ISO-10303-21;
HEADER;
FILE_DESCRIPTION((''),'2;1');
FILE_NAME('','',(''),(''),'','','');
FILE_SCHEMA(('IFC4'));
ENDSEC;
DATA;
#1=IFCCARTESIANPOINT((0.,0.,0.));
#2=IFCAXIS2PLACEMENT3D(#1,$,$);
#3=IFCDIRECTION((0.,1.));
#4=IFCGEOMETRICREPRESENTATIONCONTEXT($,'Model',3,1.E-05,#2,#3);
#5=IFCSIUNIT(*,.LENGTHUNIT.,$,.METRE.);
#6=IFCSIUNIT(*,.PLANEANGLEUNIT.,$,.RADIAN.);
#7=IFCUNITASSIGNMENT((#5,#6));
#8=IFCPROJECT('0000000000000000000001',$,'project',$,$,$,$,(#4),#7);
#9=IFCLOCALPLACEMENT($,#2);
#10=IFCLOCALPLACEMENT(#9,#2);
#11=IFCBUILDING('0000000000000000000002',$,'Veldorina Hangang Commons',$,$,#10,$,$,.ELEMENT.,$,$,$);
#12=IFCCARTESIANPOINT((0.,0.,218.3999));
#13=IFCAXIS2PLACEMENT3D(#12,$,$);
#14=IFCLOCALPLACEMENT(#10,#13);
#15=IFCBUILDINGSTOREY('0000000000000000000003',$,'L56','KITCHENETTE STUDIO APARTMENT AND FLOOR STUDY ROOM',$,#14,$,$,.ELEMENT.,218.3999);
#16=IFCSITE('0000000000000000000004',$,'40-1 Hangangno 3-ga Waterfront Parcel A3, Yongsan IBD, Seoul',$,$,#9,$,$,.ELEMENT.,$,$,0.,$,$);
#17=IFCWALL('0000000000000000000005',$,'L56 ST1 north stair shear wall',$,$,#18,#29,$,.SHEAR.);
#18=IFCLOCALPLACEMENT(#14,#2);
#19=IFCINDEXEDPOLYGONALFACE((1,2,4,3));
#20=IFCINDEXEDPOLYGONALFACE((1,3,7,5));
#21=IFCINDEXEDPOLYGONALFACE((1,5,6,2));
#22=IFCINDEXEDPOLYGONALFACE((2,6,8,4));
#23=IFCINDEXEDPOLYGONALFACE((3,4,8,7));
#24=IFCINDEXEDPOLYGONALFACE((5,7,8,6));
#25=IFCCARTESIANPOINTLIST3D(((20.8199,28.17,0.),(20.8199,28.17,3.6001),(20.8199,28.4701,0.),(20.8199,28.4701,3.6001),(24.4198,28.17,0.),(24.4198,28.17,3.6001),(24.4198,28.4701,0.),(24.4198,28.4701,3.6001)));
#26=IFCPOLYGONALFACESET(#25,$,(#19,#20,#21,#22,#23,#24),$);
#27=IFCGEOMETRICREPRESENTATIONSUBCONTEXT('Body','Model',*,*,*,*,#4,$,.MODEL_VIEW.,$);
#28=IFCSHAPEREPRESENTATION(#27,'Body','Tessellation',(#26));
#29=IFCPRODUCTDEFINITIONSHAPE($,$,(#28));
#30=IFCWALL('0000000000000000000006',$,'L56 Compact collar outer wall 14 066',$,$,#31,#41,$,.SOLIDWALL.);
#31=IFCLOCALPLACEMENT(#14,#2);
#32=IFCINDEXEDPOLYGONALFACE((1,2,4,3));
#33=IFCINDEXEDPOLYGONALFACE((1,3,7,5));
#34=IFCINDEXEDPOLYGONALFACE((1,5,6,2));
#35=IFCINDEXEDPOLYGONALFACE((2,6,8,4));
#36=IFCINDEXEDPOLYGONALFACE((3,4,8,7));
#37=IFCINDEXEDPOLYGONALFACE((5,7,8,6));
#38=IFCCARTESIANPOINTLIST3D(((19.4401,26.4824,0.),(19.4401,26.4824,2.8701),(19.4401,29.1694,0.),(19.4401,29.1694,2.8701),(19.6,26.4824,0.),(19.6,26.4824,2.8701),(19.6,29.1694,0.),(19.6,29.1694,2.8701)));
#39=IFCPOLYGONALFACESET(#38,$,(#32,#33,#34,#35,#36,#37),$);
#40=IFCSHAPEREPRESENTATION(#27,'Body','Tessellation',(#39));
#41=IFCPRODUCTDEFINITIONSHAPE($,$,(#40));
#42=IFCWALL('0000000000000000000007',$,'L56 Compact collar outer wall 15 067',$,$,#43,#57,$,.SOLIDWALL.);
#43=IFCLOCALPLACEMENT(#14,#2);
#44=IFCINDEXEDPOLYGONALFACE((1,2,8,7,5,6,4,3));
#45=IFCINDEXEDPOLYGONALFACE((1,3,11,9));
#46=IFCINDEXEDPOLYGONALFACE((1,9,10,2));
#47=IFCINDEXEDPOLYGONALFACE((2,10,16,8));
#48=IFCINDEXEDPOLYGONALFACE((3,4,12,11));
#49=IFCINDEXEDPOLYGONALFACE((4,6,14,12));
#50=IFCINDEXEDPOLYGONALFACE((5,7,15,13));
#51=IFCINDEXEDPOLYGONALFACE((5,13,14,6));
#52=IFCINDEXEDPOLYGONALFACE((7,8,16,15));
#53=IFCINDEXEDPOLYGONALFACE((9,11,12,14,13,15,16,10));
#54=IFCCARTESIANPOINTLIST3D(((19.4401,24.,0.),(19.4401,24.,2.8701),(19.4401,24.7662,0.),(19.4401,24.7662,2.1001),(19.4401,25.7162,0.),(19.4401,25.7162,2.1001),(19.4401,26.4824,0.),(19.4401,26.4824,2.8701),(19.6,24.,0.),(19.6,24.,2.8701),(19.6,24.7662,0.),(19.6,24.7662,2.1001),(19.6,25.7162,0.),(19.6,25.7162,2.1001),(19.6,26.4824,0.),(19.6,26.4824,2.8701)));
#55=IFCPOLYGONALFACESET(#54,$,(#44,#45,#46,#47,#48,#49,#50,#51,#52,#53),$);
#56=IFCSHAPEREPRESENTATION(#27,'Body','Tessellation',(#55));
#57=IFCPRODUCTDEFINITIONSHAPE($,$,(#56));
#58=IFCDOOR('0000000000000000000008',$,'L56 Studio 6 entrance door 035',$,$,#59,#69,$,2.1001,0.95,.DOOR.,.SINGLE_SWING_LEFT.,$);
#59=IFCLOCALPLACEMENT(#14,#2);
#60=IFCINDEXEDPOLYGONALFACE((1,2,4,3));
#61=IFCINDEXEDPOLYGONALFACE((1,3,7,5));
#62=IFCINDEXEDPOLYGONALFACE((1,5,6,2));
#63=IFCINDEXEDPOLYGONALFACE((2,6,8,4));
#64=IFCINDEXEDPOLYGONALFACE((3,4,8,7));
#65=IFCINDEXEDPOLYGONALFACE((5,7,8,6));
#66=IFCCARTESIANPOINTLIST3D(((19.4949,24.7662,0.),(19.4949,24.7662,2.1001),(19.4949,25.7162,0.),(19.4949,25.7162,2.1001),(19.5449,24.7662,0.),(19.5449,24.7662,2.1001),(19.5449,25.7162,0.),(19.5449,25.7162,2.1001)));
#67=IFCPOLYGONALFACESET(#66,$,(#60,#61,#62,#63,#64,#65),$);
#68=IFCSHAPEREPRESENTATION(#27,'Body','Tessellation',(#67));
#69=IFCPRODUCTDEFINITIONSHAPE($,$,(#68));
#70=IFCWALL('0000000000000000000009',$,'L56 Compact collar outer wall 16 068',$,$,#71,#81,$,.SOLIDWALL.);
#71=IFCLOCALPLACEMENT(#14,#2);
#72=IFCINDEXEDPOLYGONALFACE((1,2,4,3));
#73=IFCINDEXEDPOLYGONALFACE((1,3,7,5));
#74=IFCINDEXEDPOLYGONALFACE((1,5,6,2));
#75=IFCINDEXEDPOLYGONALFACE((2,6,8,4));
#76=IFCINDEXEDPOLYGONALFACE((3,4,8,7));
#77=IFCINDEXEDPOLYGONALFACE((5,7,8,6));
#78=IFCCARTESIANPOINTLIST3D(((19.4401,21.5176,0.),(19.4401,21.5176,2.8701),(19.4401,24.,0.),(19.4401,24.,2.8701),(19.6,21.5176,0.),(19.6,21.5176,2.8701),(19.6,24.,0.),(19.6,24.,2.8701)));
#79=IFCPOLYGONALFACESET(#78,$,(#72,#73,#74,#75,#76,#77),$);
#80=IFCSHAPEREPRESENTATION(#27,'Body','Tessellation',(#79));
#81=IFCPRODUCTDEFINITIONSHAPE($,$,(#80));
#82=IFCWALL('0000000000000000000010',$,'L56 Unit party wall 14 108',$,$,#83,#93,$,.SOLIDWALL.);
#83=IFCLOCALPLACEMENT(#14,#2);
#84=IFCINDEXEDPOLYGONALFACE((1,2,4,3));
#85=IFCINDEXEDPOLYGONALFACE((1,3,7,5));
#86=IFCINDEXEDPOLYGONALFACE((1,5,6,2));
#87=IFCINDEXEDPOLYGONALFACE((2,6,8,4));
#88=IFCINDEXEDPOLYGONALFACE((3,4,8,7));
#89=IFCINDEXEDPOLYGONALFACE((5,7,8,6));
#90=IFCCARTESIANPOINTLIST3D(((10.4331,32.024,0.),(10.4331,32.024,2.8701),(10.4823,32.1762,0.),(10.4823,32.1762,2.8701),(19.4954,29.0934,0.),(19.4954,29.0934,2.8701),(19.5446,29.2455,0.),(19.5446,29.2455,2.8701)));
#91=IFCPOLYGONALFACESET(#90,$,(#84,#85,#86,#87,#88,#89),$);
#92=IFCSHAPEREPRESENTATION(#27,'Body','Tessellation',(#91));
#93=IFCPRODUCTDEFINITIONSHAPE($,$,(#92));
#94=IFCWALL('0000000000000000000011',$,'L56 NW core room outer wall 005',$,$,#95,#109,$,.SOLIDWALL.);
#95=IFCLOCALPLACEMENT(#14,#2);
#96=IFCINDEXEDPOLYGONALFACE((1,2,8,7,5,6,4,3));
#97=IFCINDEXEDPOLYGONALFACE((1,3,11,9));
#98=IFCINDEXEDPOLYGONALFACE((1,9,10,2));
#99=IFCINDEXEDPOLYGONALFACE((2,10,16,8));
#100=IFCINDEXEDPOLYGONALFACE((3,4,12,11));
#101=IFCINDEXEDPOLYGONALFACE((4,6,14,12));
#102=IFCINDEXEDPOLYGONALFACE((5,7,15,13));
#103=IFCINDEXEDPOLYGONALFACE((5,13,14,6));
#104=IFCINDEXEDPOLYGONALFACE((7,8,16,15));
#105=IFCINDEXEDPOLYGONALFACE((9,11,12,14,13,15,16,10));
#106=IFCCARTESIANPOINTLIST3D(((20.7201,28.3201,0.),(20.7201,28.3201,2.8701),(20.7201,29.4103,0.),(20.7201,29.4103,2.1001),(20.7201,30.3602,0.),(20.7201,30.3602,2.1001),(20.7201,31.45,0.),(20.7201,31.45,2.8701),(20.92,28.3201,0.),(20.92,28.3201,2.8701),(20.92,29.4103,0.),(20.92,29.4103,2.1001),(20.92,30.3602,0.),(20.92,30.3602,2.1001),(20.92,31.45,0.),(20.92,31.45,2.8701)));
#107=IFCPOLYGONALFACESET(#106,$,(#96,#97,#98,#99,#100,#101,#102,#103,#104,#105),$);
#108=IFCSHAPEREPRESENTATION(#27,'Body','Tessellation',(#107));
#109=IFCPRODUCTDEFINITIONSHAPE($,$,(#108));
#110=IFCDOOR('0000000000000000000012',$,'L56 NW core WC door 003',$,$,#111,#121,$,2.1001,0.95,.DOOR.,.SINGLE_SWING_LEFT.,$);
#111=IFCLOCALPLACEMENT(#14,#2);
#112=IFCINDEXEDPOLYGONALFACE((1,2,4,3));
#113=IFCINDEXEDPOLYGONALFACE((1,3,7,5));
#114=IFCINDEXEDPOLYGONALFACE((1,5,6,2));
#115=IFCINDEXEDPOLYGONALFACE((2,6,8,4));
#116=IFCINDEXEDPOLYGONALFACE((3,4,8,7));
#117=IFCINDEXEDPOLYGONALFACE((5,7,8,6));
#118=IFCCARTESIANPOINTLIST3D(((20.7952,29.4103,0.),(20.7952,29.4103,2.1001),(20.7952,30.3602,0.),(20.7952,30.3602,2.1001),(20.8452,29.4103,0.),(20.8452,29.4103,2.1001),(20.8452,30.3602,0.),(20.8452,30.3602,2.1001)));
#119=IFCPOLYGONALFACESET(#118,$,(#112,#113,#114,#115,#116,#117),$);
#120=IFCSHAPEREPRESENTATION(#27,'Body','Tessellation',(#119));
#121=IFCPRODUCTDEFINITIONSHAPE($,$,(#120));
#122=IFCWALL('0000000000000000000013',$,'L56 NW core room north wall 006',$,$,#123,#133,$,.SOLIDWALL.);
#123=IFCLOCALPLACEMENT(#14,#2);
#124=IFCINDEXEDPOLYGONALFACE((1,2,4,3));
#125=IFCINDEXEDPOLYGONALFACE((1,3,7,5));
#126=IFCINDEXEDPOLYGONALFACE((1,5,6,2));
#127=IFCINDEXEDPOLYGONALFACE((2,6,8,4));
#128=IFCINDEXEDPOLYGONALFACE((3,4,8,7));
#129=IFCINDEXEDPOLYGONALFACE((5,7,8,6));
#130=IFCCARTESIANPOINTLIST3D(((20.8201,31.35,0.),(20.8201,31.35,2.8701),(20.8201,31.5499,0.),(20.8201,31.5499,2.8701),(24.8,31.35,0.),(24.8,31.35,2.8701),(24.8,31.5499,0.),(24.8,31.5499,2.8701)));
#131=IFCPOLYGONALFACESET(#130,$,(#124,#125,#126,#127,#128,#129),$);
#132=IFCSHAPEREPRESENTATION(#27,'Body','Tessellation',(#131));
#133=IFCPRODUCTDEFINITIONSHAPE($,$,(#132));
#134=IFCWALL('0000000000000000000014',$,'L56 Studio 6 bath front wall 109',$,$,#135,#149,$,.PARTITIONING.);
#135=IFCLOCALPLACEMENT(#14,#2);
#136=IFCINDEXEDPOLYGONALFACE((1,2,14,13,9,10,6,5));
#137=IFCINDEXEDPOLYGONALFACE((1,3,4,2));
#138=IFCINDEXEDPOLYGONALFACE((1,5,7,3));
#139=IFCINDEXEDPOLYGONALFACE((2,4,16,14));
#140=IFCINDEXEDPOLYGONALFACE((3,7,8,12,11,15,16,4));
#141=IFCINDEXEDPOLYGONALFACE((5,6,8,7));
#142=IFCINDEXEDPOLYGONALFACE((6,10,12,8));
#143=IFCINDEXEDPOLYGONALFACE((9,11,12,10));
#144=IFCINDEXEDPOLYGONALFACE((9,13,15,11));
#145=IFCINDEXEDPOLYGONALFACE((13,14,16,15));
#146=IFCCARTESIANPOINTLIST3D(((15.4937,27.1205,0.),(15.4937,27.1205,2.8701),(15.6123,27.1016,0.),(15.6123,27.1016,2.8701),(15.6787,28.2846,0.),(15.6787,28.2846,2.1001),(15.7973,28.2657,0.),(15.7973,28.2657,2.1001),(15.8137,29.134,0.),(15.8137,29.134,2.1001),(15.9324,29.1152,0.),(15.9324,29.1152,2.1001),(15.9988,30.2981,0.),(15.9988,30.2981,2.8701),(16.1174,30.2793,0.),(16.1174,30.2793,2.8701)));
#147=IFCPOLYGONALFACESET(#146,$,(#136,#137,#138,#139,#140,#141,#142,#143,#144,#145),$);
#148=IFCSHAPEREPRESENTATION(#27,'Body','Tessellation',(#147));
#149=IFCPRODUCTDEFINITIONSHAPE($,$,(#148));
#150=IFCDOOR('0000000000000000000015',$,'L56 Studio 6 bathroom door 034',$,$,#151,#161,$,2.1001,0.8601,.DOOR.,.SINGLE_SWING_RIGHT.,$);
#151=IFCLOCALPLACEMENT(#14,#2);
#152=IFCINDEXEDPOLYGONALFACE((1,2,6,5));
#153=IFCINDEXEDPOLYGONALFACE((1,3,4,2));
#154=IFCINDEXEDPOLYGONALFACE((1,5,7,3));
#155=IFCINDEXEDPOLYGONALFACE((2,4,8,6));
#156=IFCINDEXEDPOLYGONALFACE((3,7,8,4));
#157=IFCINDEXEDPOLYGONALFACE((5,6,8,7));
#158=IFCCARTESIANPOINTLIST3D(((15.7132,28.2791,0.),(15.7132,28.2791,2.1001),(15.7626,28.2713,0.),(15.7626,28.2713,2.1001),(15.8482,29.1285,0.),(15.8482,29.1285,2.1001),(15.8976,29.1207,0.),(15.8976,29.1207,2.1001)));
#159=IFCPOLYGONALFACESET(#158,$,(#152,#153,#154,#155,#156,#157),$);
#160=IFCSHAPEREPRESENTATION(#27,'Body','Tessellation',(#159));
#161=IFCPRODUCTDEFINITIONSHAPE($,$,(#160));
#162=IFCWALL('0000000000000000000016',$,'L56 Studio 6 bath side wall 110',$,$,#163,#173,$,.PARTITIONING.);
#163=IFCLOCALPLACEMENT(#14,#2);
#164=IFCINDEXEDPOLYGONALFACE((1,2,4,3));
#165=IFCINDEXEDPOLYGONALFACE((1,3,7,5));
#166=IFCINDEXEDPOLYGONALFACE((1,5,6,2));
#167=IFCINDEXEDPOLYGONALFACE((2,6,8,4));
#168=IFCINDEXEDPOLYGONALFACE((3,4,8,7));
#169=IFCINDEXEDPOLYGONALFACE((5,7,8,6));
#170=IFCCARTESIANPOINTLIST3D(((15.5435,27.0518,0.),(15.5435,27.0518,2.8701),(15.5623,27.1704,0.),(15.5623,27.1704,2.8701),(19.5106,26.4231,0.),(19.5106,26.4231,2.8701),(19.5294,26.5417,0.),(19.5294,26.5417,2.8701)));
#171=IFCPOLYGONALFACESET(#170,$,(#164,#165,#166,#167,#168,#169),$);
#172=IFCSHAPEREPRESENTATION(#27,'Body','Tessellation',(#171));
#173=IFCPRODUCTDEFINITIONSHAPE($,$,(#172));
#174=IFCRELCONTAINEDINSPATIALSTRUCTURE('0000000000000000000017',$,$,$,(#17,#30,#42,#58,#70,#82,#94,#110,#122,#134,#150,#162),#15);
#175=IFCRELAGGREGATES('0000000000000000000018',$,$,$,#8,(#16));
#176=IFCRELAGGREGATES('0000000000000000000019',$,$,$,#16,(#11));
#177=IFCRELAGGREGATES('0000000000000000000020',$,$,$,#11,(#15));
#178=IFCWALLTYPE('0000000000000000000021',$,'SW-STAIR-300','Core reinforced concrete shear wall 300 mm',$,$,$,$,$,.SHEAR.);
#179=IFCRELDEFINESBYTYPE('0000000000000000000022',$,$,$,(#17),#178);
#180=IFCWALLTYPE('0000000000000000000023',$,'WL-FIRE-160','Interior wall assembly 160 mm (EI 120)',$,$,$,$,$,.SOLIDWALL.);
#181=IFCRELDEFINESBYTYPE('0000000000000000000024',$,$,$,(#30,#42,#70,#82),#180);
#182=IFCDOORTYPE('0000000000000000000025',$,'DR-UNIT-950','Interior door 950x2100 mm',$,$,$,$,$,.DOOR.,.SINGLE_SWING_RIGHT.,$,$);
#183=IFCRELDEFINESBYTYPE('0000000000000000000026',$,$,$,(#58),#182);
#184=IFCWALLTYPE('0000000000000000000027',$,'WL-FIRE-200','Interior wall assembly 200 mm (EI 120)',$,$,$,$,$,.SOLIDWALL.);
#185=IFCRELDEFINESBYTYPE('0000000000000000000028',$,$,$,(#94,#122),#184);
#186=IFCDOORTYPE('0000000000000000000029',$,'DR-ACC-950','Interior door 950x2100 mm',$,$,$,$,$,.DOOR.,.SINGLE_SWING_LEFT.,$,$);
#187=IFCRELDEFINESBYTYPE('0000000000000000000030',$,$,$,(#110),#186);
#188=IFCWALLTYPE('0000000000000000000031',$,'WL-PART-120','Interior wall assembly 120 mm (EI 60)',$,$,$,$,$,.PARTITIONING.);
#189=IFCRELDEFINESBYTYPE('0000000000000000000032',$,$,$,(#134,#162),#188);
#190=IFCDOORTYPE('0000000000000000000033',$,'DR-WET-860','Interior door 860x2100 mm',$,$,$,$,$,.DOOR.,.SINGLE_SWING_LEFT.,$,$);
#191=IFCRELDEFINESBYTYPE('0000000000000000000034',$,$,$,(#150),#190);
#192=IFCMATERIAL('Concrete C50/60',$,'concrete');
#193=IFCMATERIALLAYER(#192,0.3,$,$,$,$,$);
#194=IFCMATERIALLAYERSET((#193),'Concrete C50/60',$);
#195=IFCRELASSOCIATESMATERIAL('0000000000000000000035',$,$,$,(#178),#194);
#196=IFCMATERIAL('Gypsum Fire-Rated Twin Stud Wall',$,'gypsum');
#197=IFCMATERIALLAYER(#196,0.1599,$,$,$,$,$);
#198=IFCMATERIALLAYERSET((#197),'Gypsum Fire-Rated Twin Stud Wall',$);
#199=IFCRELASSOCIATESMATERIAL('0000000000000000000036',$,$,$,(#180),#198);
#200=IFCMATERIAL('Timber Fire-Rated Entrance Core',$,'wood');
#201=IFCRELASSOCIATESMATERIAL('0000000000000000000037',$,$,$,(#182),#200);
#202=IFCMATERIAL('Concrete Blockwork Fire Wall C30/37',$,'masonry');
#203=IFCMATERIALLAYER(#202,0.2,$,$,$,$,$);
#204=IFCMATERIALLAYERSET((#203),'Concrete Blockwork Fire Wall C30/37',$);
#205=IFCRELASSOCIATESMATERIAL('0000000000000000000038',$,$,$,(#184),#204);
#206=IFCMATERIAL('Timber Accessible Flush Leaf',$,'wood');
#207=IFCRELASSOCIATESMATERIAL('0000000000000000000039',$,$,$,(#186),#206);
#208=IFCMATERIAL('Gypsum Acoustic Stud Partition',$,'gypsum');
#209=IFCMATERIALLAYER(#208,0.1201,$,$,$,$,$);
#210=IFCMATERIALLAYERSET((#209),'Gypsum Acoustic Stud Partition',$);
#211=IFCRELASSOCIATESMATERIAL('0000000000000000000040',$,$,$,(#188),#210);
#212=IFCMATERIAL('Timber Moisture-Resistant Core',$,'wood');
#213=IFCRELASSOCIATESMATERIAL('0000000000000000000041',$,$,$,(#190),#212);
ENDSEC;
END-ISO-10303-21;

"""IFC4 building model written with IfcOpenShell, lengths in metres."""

from ifc_helpers import new_model, si_unit, direction, frame, frame_2d, origin, place, context, subcontext, project, spatial, rectangle, extrude, material, layer, layer_set, type_object, element, fill, save


model = new_model("IFC4")

# Units and contexts
model_context = context("Model", 3, precision=1e-05, world=origin(), true_north=direction((0.0, 1.0)))
body_context = subcontext(model_context, "Body", "Model", "MODEL_VIEW")
ifc_project = project(units=[si_unit("LENGTHUNIT", "METRE"), si_unit("PLANEANGLEUNIT", "RADIAN")], contexts=[model_context])

# Site, building, storey
site_placement = place(None, origin())
site = spatial("IfcSite", under=ifc_project, at=site_placement, Name="40-1 Hangangno 3-ga Waterfront Parcel A3, Yongsan IBD, Seoul", CompositionType="ELEMENT", RefElevation=0.0)
building_placement = place(site_placement, origin())
building = spatial("IfcBuilding", under=site, at=building_placement, Name="Veldorina Hangang Commons", CompositionType="ELEMENT")
storey_placement = place(building_placement, frame((0.0, 0.0, 218.3999)))
storey = spatial("IfcBuildingStorey", under=building, at=storey_placement, Name="L56", Description="KITCHENETTE STUDIO APARTMENT AND FLOOR STUDY ROOM", CompositionType="ELEMENT", Elevation=218.3999)

# Walls
ifc_material_1 = material(Name="Concrete C50/60", Category="concrete")
ifc_layer_1 = layer(ifc_material_1, 0.3)
ifc_layer_set_1 = layer_set([ifc_layer_1], Name="Concrete C50/60")
wall_type_1 = type_object("IfcWallType", Name="SW-STAIR-300", Description="Core reinforced concrete shear wall 300 mm", PredefinedType="SHEAR", material=ifc_layer_set_1)
wall_1_placement = place(storey_placement, frame((20.8201, 28.3201, 0.0), z_axis=(0.0, 0.0, 1.0), x_axis=(1.0, 0.0, 0.0)))
element("IfcWall", 1, at=wall_1_placement, inside=storey, type_object=wall_type_1, Name="L56 ST1 north stair shear wall", PredefinedType="SHEAR", context=body_context, shape_type="SweptSolid", body=[
    extrude(rectangle(XDim=3.5999, YDim=0.3, at=frame_2d((1.7998, 0.0))), origin(), (0.0, 0.0, 1.0), 3.6001),
])
ifc_material_2 = material(Name="Gypsum Fire-Rated Twin Stud Wall", Category="gypsum")
ifc_layer_2 = layer(ifc_material_2, 0.1599)
ifc_layer_set_2 = layer_set([ifc_layer_2], Name="Gypsum Fire-Rated Twin Stud Wall")
wall_type_2 = type_object("IfcWallType", Name="WL-FIRE-160", Description="Interior wall assembly 160 mm (EI 120)", PredefinedType="SOLIDWALL", material=ifc_layer_set_2)
wall_2_placement = place(storey_placement, frame((19.52, 29.1694, 0.0), z_axis=(0.0, 0.0, 1.0), x_axis=(0.0, -1.0, 0.0)))
element("IfcWall", 2, at=wall_2_placement, inside=storey, type_object=wall_type_2, Name="L56 Compact collar outer wall 14 066", PredefinedType="SOLIDWALL", context=body_context, shape_type="SweptSolid", body=[
    extrude(rectangle(XDim=2.687, YDim=0.1599, at=frame_2d((1.3435, 0.0))), origin(), (0.0, 0.0, 1.0), 2.8701),
])

# Wall, opening, door
wall_3_placement = place(storey_placement, frame((19.52, 26.4824, 0.0), z_axis=(0.0, 0.0, 1.0), x_axis=(0.0, -1.0, 0.0)))
wall_3 = element("IfcWall", 3, at=wall_3_placement, inside=storey, type_object=wall_type_2, Name="L56 Compact collar outer wall 15 067", PredefinedType="SOLIDWALL", context=body_context, shape_type="SweptSolid", body=[
    extrude(rectangle(XDim=2.4824, YDim=0.1599, at=frame_2d((1.2412, 0.0))), origin(), (0.0, 0.0, 1.0), 2.8701),
])
opening_1_placement = place(wall_3_placement, frame((0.7661, 0.0, 0.0)))
opening_1 = element("IfcOpeningElement", 4, at=opening_1_placement, cuts=wall_3, PredefinedType="OPENING", context=body_context, shape_type="SweptSolid", body=[
    extrude(rectangle(XDim=0.95, YDim=2.1001, at=frame_2d((0.4751, 1.05))), frame((0.0, 0.0898, 0.0), z_axis=(0.0, -1.0, 0.0), x_axis=(1.0, 0.0, 0.0)), (0.0, 0.0, 1.0), 0.1799),
])
ifc_material_3 = material(Name="Timber Fire-Rated Entrance Core", Category="wood")
door_type_1 = type_object("IfcDoorType", Name="DR-UNIT-950", Description="Interior door 950x2100 mm", OperationType="SINGLE_SWING_RIGHT", PredefinedType="DOOR", material=ifc_material_3)
door_1_placement = place(opening_1_placement, origin())
door_1 = element("IfcDoor", 5, at=door_1_placement, inside=storey, type_object=door_type_1, Name="L56 Studio 6 entrance door 035", OperationType="SINGLE_SWING_LEFT", OverallHeight=2.1001, OverallWidth=0.95, PredefinedType="DOOR", context=body_context, shape_type="SweptSolid", body=[
    extrude(rectangle(XDim=0.95, YDim=2.1001, at=frame_2d((0.4751, 1.05))), frame((0.0, 0.0249, 0.0), z_axis=(0.0, -1.0, 0.0), x_axis=(1.0, 0.0, 0.0)), (0.0, 0.0, 1.0), 0.05),
])
fill(opening_1, door_1)

# Walls
wall_4_placement = place(storey_placement, frame((19.52, 24.0, 0.0), z_axis=(0.0, 0.0, 1.0), x_axis=(0.0, -1.0, 0.0)))
element("IfcWall", 6, at=wall_4_placement, inside=storey, type_object=wall_type_2, Name="L56 Compact collar outer wall 16 068", PredefinedType="SOLIDWALL", context=body_context, shape_type="SweptSolid", body=[
    extrude(rectangle(XDim=2.4824, YDim=0.1599, at=frame_2d((1.2412, 0.0))), origin(), (0.0, 0.0, 1.0), 2.8701),
])
wall_5_placement = place(storey_placement, frame((19.52, 29.1694, 0.0), z_axis=(0.0, 0.0, 1.0), x_axis=(-0.951483, 0.307702, 0.0)))
element("IfcWall", 7, at=wall_5_placement, inside=storey, type_object=wall_type_2, Name="L56 Unit party wall 14 108", PredefinedType="SOLIDWALL", context=body_context, shape_type="SweptSolid", body=[
    extrude(rectangle(XDim=9.5244, YDim=0.1599, at=frame_2d((4.7622, 0.0))), origin(), (0.0, 0.0, 1.0), 2.8701),
])

# Wall, opening, door
ifc_material_4 = material(Name="Concrete Blockwork Fire Wall C30/37", Category="masonry")
ifc_layer_3 = layer(ifc_material_4, 0.2)
ifc_layer_set_3 = layer_set([ifc_layer_3], Name="Concrete Blockwork Fire Wall C30/37")
wall_type_3 = type_object("IfcWallType", Name="WL-FIRE-200", Description="Interior wall assembly 200 mm (EI 120)", PredefinedType="SOLIDWALL", material=ifc_layer_set_3)
wall_6_placement = place(storey_placement, frame((20.8201, 28.3201, 0.0), z_axis=(0.0, 0.0, 1.0), x_axis=(0.0, 1.0, 0.0)))
wall_6 = element("IfcWall", 8, at=wall_6_placement, inside=storey, type_object=wall_type_3, Name="L56 NW core room outer wall 005", PredefinedType="SOLIDWALL", context=body_context, shape_type="SweptSolid", body=[
    extrude(rectangle(XDim=3.1299, YDim=0.2, at=frame_2d((1.5649, 0.0))), origin(), (0.0, 0.0, 1.0), 2.8701),
])
opening_2_placement = place(wall_6_placement, frame((1.0901, 0.0, 0.0)))
opening_2 = element("IfcOpeningElement", 9, at=opening_2_placement, cuts=wall_6, PredefinedType="OPENING", context=body_context, shape_type="SweptSolid", body=[
    extrude(rectangle(XDim=0.95, YDim=2.1001, at=frame_2d((0.4751, 1.05))), frame((0.0, 0.1099, 0.0), z_axis=(0.0, -1.0, 0.0), x_axis=(1.0, 0.0, 0.0)), (0.0, 0.0, 1.0), 0.22),
])
ifc_material_5 = material(Name="Timber Accessible Flush Leaf", Category="wood")
door_type_2 = type_object("IfcDoorType", Name="DR-ACC-950", Description="Interior door 950x2100 mm", OperationType="SINGLE_SWING_LEFT", PredefinedType="DOOR", material=ifc_material_5)
door_2_placement = place(opening_2_placement, origin())
door_2 = element("IfcDoor", 10, at=door_2_placement, inside=storey, type_object=door_type_2, Name="L56 NW core WC door 003", OperationType="SINGLE_SWING_LEFT", OverallHeight=2.1001, OverallWidth=0.95, PredefinedType="DOOR", context=body_context, shape_type="SweptSolid", body=[
    extrude(rectangle(XDim=0.95, YDim=2.1001, at=frame_2d((0.4751, 1.05))), frame((0.0, 0.0249, 0.0), z_axis=(0.0, -1.0, 0.0), x_axis=(1.0, 0.0, 0.0)), (0.0, 0.0, 1.0), 0.05),
])
fill(opening_2, door_2)

# Wall
wall_7_placement = place(storey_placement, frame((20.8201, 31.45, 0.0), z_axis=(0.0, 0.0, 1.0), x_axis=(1.0, 0.0, 0.0)))
element("IfcWall", 11, at=wall_7_placement, inside=storey, type_object=wall_type_3, Name="L56 NW core room north wall 006", PredefinedType="SOLIDWALL", context=body_context, shape_type="SweptSolid", body=[
    extrude(rectangle(XDim=3.98, YDim=0.2, at=frame_2d((1.99, 0.0))), origin(), (0.0, 0.0, 1.0), 2.8701),
])

# Wall, opening, door
ifc_material_6 = material(Name="Gypsum Acoustic Stud Partition", Category="gypsum")
ifc_layer_4 = layer(ifc_material_6, 0.1201)
ifc_layer_set_4 = layer_set([ifc_layer_4], Name="Gypsum Acoustic Stud Partition")
wall_type_4 = type_object("IfcWallType", Name="WL-PART-120", Description="Interior wall assembly 120 mm (EI 60)", PredefinedType="PARTITIONING", material=ifc_layer_set_4)
wall_8_placement = place(storey_placement, frame((16.0581, 30.2888, 0.0), z_axis=(0.0, 0.0, 1.0), x_axis=(-0.156987, -0.987601, 0.0)))
wall_8 = element("IfcWall", 12, at=wall_8_placement, inside=storey, type_object=wall_type_4, Name="L56 Studio 6 bath front wall 109", PredefinedType="PARTITIONING", context=body_context, shape_type="SweptSolid", body=[
    extrude(rectangle(XDim=3.2175, YDim=0.1201, at=frame_2d((1.6089, 0.0))), origin(), (0.0, 0.0, 1.0), 2.8701),
])
opening_3_placement = place(wall_8_placement, frame((1.1787, 0.0, 0.0)))
opening_3 = element("IfcOpeningElement", 13, at=opening_3_placement, cuts=wall_8, PredefinedType="OPENING", context=body_context, shape_type="SweptSolid", body=[
    extrude(rectangle(XDim=0.8601, YDim=2.1001, at=frame_2d((0.4302, 1.05))), frame((0.0, 0.0701, 0.0), z_axis=(0.0, -1.0, 0.0), x_axis=(1.0, 0.0, 0.0)), (0.0, 0.0, 1.0), 0.1401),
])
ifc_material_7 = material(Name="Timber Moisture-Resistant Core", Category="wood")
door_type_3 = type_object("IfcDoorType", Name="DR-WET-860", Description="Interior door 860x2100 mm", OperationType="SINGLE_SWING_LEFT", PredefinedType="DOOR", material=ifc_material_7)
door_3_placement = place(opening_3_placement, origin())
door_3 = element("IfcDoor", 14, at=door_3_placement, inside=storey, type_object=door_type_3, Name="L56 Studio 6 bathroom door 034", OperationType="SINGLE_SWING_RIGHT", OverallHeight=2.1001, OverallWidth=0.8601, PredefinedType="DOOR", context=body_context, shape_type="SweptSolid", body=[
    extrude(rectangle(XDim=0.8601, YDim=2.1001, at=frame_2d((0.4302, 1.05))), frame((0.0, 0.0249, 0.0), z_axis=(0.0, -1.0, 0.0), x_axis=(1.0, 0.0, 0.0)), (0.0, 0.0, 1.0), 0.05),
])
fill(opening_3, door_3)

# Wall
wall_9_placement = place(storey_placement, frame((19.52, 26.4824, 0.0), z_axis=(0.0, 0.0, 1.0), x_axis=(-0.987675, 0.156518, 0.0)))
element("IfcWall", 15, at=wall_9_placement, inside=storey, type_object=wall_type_4, Name="L56 Studio 6 bath side wall 110", PredefinedType="PARTITIONING", context=body_context, shape_type="SweptSolid", body=[
    extrude(rectangle(XDim=4.0166, YDim=0.1201, at=frame_2d((2.0083, 0.0))), origin(), (0.0, 0.0, 1.0), 2.8701),
])

save(model, "model.ifc")
